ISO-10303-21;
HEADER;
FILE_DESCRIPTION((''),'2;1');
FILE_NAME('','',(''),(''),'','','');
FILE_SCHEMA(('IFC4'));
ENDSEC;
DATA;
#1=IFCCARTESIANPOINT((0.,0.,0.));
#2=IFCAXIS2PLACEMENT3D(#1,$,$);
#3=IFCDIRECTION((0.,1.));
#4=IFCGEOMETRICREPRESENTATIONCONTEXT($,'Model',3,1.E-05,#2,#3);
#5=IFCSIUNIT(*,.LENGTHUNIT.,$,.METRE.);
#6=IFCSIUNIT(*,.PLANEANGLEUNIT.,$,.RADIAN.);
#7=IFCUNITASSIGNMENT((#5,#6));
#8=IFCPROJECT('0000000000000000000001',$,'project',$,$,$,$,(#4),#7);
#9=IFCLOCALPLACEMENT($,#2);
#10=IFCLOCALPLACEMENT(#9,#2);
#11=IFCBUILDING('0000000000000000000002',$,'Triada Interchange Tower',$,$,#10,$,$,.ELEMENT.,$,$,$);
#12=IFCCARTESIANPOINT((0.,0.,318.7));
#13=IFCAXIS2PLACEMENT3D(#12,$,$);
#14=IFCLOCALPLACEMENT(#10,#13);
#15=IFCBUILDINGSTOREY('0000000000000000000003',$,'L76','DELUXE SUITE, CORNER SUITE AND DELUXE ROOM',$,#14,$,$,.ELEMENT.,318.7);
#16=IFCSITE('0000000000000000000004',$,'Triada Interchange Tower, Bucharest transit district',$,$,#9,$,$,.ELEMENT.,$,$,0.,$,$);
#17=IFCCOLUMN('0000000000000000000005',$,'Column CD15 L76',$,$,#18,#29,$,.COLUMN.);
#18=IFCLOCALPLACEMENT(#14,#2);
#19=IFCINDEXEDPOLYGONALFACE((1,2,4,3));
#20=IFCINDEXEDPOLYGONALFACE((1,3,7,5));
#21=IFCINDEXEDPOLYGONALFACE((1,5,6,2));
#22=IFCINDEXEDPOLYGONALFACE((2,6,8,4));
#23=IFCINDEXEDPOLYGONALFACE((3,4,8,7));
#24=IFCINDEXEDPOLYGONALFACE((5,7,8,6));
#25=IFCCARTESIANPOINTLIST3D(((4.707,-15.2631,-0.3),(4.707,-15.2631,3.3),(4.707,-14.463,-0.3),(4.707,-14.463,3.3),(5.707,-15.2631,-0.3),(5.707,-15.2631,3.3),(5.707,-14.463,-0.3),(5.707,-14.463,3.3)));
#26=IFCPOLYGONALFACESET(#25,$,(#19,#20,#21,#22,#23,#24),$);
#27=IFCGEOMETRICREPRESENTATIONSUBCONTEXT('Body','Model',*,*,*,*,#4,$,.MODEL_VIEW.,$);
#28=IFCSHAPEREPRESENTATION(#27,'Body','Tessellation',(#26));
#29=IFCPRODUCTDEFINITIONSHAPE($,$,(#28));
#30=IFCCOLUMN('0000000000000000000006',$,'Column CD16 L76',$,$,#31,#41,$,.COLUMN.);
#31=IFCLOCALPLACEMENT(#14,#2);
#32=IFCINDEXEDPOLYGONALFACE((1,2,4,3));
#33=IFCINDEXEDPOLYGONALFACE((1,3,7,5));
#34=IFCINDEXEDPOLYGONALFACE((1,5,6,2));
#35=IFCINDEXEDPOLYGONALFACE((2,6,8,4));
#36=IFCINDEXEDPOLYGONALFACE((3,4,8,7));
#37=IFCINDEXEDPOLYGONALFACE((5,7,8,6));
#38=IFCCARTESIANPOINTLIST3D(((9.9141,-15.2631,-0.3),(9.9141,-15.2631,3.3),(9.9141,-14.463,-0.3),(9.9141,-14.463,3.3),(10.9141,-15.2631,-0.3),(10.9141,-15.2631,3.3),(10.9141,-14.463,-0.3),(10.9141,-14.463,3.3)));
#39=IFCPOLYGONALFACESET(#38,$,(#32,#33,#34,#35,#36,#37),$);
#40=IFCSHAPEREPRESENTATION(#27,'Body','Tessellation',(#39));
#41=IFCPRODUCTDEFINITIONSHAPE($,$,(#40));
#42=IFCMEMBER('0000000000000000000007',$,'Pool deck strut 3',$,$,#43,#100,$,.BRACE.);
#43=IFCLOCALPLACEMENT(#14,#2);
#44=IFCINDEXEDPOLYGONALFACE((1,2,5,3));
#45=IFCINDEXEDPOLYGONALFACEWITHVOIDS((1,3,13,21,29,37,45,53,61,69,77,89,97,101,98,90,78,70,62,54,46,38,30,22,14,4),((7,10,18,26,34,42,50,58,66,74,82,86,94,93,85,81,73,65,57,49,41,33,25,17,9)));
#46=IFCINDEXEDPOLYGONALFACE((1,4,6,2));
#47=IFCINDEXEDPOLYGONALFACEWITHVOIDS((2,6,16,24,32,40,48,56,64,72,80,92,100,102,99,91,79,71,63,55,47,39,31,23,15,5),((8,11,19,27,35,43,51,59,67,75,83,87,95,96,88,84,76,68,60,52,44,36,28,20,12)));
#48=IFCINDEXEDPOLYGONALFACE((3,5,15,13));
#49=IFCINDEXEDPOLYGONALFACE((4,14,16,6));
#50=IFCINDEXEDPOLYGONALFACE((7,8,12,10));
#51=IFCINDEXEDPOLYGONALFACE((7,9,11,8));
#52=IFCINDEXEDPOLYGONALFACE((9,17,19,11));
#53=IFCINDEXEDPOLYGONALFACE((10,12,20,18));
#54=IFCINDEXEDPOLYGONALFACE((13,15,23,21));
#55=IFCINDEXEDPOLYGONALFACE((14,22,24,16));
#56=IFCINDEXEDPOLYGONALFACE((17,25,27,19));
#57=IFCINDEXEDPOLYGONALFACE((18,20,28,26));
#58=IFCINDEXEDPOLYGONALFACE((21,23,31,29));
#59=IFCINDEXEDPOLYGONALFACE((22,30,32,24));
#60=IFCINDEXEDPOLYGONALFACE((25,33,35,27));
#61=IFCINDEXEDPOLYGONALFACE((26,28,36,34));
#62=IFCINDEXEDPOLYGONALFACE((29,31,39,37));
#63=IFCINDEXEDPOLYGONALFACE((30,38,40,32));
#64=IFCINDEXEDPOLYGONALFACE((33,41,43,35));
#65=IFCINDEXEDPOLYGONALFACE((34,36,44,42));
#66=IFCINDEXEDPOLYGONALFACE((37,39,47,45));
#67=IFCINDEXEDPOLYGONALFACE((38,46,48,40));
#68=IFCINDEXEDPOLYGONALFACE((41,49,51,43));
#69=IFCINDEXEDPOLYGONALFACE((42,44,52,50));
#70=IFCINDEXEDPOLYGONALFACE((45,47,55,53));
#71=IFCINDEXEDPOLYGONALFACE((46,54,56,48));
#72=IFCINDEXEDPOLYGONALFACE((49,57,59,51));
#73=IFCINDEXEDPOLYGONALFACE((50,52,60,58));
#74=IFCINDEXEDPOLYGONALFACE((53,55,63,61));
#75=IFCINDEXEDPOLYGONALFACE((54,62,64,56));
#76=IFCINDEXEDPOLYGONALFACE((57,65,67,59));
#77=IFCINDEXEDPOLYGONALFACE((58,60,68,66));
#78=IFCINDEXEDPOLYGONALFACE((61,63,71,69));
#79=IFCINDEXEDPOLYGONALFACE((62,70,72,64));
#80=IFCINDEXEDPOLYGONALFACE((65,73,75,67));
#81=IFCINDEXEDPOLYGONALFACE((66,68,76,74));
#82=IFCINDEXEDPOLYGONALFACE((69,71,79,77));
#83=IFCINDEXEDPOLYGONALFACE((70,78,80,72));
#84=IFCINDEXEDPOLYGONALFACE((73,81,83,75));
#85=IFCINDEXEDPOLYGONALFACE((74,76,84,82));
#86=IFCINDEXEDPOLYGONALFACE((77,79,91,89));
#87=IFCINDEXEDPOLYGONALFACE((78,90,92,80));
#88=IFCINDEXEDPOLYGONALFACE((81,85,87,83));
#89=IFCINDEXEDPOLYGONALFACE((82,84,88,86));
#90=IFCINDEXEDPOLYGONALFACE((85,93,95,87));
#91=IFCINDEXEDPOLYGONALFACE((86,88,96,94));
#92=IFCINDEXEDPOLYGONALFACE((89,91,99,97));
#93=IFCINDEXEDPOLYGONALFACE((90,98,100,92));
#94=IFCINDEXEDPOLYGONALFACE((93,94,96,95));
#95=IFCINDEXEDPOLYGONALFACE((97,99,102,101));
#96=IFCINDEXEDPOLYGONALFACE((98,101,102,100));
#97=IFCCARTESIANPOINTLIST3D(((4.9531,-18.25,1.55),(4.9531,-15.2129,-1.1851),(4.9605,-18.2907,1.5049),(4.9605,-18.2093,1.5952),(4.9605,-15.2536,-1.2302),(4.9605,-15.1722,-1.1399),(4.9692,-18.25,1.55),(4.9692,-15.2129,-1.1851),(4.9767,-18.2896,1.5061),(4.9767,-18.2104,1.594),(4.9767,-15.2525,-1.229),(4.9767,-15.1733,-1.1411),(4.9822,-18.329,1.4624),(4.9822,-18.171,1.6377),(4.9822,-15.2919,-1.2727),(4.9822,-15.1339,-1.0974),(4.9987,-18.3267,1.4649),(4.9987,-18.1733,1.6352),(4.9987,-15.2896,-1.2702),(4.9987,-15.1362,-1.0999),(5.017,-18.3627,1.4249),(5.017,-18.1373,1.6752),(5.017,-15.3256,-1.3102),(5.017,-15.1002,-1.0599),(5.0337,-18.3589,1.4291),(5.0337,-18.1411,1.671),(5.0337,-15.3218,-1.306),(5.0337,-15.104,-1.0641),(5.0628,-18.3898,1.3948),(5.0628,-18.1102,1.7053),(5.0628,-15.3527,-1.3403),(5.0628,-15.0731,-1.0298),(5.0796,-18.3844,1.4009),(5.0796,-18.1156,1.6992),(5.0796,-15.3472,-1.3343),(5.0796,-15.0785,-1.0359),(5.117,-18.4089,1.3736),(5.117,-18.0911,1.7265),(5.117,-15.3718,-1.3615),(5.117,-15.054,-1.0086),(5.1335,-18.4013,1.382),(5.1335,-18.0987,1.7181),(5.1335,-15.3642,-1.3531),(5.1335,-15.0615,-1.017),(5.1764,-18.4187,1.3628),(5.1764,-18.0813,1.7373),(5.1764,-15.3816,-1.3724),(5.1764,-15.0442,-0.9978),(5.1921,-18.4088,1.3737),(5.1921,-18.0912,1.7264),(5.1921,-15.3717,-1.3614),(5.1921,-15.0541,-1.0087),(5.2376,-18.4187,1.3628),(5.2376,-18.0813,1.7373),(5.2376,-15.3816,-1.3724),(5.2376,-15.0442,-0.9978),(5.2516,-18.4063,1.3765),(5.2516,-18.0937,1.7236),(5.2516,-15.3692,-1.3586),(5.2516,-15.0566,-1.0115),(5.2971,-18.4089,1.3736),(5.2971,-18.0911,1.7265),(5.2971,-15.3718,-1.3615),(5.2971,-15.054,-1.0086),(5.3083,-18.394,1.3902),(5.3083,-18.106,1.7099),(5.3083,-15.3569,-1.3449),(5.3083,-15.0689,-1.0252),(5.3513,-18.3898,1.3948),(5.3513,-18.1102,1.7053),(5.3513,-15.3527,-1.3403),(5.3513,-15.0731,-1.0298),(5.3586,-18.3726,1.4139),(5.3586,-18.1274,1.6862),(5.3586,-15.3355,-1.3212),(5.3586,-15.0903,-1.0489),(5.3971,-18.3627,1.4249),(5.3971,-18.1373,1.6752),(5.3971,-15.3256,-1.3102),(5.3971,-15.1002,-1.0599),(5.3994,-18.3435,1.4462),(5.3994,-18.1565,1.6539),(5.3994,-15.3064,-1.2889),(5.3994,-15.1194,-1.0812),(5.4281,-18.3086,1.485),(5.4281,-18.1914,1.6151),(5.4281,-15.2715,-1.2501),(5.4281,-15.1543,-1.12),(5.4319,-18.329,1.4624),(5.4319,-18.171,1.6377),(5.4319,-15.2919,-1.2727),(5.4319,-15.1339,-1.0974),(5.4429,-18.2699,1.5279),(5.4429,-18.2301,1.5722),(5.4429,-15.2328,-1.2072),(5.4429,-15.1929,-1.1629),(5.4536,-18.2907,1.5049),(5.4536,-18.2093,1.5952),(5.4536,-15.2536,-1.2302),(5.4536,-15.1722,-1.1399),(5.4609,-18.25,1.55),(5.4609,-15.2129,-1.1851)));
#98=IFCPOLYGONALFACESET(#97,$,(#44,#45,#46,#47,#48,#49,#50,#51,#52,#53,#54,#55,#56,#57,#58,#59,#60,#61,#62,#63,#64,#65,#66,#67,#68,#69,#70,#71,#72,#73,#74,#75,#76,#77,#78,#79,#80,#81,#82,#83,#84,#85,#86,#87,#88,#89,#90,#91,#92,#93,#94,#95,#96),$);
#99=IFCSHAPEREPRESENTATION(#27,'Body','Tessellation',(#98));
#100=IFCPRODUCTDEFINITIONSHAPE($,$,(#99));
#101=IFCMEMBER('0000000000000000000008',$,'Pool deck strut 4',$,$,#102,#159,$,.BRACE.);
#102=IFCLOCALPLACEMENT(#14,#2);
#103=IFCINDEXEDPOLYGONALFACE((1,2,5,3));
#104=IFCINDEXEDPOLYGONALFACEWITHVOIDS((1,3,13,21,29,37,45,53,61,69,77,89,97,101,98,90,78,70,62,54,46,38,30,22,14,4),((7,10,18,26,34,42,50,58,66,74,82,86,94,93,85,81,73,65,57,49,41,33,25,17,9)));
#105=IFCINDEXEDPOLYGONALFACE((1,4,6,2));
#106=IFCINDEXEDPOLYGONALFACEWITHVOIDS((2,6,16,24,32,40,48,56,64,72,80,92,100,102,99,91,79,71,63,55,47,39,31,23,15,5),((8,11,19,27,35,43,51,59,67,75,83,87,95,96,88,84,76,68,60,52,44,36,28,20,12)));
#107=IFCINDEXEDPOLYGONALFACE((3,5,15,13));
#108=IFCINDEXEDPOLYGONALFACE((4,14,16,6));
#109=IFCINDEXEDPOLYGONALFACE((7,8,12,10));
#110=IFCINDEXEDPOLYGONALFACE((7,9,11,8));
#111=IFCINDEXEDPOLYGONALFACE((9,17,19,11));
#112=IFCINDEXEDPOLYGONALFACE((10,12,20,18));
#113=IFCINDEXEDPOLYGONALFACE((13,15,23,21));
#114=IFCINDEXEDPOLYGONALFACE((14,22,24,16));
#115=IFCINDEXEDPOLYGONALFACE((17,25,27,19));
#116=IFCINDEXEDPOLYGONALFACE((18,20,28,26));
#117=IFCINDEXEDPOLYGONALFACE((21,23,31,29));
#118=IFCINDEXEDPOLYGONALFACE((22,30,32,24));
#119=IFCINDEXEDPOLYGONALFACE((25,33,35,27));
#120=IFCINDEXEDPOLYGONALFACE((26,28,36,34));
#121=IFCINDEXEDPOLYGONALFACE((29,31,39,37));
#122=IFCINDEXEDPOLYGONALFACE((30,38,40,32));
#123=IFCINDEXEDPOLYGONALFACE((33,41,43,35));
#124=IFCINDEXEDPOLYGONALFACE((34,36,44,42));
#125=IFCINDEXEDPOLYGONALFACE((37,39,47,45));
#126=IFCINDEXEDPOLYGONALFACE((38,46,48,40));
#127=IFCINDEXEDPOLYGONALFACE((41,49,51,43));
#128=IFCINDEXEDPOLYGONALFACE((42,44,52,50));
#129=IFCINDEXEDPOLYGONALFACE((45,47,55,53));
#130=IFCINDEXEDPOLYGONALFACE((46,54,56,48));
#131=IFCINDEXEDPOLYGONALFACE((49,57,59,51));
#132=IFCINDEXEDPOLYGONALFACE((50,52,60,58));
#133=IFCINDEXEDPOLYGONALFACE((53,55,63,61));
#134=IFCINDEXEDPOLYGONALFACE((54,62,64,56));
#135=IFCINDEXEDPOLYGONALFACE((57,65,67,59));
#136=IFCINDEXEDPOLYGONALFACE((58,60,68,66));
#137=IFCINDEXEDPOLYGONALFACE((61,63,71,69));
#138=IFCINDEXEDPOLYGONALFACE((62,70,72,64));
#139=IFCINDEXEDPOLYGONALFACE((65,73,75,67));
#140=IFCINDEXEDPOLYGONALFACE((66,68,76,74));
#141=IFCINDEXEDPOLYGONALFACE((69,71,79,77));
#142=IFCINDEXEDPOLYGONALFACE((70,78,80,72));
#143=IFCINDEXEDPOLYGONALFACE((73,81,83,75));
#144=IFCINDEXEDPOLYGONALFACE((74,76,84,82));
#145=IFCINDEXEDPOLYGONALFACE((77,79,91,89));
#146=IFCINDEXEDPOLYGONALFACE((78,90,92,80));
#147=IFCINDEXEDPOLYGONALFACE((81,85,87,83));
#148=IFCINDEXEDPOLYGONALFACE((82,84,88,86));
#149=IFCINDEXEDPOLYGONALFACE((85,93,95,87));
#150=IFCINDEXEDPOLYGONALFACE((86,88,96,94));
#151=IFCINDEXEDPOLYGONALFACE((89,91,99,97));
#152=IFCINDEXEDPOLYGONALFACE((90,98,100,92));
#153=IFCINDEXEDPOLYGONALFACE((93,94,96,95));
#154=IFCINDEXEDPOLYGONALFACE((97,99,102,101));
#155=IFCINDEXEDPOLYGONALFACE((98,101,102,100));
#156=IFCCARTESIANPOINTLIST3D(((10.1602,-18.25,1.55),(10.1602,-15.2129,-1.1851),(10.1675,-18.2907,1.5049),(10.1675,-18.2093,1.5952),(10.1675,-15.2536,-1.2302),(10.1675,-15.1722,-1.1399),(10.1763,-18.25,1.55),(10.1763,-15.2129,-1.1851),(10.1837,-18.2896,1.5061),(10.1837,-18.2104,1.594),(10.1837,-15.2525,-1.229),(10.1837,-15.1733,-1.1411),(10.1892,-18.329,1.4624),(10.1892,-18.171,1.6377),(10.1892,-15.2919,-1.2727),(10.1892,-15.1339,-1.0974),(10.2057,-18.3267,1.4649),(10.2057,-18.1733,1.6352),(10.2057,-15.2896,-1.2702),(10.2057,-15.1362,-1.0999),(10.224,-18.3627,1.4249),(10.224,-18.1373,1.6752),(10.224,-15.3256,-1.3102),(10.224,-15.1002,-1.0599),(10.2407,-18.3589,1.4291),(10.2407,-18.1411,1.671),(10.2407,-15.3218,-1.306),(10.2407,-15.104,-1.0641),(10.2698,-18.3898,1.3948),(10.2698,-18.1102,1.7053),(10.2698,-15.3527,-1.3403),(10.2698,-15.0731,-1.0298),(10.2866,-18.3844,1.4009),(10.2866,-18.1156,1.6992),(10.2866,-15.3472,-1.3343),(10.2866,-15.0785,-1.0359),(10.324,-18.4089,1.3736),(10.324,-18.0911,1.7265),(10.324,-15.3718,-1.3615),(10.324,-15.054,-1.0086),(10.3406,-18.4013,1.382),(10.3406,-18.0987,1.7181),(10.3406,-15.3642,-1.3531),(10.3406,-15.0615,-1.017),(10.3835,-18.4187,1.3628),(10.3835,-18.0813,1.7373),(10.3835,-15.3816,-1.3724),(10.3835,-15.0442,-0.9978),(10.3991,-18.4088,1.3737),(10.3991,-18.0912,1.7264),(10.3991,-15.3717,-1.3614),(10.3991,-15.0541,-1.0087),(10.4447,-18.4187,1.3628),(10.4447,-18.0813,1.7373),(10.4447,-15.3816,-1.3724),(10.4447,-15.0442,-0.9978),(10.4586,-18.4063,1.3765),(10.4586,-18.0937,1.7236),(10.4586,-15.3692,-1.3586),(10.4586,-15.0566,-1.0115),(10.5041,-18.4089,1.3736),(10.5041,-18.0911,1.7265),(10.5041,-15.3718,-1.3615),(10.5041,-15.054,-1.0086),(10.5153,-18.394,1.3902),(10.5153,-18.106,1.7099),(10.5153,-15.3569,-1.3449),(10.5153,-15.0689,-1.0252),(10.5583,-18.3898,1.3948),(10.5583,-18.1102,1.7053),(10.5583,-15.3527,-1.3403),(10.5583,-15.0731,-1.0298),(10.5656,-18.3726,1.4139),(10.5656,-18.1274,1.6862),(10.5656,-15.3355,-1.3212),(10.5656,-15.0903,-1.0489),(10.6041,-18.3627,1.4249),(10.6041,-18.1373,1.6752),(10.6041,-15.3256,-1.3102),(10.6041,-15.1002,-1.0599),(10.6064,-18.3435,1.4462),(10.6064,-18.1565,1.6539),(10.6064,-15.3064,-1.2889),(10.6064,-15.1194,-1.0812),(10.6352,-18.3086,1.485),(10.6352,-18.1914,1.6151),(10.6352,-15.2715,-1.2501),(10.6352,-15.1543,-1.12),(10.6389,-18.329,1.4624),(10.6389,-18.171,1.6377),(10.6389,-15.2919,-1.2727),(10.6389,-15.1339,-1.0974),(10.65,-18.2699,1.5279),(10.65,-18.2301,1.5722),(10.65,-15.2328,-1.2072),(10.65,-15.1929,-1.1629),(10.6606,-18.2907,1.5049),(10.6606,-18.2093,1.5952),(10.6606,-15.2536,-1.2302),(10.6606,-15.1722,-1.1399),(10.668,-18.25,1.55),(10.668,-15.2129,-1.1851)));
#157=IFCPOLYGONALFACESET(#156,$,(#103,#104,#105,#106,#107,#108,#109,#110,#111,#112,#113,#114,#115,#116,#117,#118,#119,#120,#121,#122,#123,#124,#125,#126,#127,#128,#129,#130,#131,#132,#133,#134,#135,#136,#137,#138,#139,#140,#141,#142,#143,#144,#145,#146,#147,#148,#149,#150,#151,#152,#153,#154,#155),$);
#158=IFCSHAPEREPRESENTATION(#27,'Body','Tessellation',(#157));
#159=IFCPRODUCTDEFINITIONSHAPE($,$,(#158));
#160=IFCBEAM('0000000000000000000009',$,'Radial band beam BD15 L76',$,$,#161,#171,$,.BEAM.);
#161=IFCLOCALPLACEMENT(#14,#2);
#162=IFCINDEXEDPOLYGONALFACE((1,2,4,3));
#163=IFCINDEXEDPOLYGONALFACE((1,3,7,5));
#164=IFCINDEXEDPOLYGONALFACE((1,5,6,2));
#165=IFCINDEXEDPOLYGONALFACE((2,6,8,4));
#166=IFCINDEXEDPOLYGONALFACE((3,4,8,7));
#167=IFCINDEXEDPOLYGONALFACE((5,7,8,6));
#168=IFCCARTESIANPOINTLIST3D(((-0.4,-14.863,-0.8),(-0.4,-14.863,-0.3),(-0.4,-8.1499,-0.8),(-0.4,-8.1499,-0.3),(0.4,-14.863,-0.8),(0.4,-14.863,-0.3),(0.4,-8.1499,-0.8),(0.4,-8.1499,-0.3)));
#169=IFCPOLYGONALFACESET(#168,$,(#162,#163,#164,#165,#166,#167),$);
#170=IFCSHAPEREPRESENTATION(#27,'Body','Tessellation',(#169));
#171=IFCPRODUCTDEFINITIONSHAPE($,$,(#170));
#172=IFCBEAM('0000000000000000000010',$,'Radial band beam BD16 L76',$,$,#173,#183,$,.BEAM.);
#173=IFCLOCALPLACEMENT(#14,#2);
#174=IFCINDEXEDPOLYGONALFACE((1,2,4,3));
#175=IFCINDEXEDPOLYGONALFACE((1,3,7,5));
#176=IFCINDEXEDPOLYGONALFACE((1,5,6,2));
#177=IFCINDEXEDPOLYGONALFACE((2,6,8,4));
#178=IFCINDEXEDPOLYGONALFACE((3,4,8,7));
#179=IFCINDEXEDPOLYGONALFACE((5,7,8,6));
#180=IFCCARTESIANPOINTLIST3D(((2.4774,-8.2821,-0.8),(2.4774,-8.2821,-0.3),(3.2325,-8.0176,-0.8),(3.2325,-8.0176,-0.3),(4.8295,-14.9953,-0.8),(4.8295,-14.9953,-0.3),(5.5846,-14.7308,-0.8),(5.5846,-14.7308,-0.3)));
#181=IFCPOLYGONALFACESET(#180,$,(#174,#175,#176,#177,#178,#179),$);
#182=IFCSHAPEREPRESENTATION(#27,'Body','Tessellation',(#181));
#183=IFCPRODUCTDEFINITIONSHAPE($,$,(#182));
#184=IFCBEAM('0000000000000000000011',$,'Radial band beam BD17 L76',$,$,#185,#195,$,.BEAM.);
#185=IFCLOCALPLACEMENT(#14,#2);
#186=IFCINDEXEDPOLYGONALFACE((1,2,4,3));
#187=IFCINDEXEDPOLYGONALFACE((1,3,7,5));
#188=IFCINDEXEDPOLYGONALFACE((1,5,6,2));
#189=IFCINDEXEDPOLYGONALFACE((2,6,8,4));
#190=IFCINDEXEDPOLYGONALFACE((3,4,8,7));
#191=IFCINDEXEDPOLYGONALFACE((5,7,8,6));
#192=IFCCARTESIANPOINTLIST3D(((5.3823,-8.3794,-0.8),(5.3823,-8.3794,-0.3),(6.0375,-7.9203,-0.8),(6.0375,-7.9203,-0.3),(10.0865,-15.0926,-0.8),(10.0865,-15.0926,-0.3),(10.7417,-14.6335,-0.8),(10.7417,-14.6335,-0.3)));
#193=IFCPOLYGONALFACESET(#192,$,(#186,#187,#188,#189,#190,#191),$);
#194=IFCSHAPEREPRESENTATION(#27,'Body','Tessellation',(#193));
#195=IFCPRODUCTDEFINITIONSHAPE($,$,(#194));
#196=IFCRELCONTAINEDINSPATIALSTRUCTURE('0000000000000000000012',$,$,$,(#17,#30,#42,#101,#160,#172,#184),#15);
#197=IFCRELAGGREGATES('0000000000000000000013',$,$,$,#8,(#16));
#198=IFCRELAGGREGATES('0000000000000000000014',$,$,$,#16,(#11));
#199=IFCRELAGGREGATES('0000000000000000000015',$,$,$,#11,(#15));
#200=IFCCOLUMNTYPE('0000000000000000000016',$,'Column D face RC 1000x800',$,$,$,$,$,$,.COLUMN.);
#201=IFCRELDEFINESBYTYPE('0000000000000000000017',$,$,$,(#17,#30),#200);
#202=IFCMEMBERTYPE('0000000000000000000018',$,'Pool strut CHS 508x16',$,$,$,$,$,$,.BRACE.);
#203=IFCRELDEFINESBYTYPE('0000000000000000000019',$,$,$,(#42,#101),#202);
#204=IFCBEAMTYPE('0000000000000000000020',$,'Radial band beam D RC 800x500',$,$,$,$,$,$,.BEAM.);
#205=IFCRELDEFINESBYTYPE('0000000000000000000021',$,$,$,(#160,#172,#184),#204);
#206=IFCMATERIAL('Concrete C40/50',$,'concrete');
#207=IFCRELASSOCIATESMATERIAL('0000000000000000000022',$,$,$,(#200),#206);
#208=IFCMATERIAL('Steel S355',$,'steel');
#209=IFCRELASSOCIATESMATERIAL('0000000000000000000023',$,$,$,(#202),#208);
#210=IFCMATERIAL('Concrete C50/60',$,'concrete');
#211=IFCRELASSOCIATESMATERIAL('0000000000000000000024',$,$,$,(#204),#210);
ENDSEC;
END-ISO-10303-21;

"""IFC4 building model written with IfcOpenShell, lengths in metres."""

from ifc_helpers import new_model, si_unit, direction, frame, origin, origin_2d, place, context, subcontext, project, spatial, rectangle, hollow_circle, extrude, material, material_profile, profile_set, type_object, element, save


model = new_model("IFC4")

# Units and contexts
model_context = context("Model", 3, precision=1e-05, world=origin(), true_north=direction((0.0, 1.0)))
body_context = subcontext(model_context, "Body", "Model", "MODEL_VIEW")
ifc_project = project(units=[si_unit("LENGTHUNIT", "METRE"), si_unit("PLANEANGLEUNIT", "RADIAN")], contexts=[model_context])

# Site, building, storey
site_placement = place(None, origin())
site = spatial("IfcSite", under=ifc_project, at=site_placement, Name="Triada Interchange Tower, Bucharest transit district", CompositionType="ELEMENT", RefElevation=0.0)
building_placement = place(site_placement, origin())
building = spatial("IfcBuilding", under=site, at=building_placement, Name="Triada Interchange Tower", CompositionType="ELEMENT")
storey_placement = place(building_placement, frame((0.0, 0.0, 318.7)))
storey = spatial("IfcBuildingStorey", under=building, at=storey_placement, Name="L76", Description="DELUXE SUITE, CORNER SUITE AND DELUXE ROOM", CompositionType="ELEMENT", Elevation=318.7)

# Columns
ifc_material_1 = material(Name="Concrete C40/50", Category="concrete")
ifc_material_profile_1 = material_profile(ifc_material_1, rectangle(XDim=1.0, YDim=0.8, at=origin_2d()), Name="RC 1000x800")
ifc_profile_set_1 = profile_set([ifc_material_profile_1], Name="Concrete C40/50")
column_type = type_object("IfcColumnType", Name="Column D face RC 1000x800", PredefinedType="COLUMN", material=ifc_profile_set_1)
for number, where, z_axis, x_axis, name in (
    (1, (5.207, -14.863, -0.3), (0.0, 0.0, 1.0), (1.0, 0.0, 0.0), "Column CD15 L76"),
    (2, (10.4141, -14.863, -0.3), (0.0, 0.0, 1.0), (1.0, 0.0, 0.0), "Column CD16 L76"),
):
    element("IfcColumn", number, at=place(storey_placement, frame(where, z_axis=z_axis, x_axis=x_axis)), inside=storey, type_object=column_type, Name=name, PredefinedType="COLUMN", context=body_context, shape_type="SweptSolid", body=[
        extrude(rectangle(XDim=1.0, YDim=0.8, at=origin_2d()), origin(), (0.0, 0.0, 1.0), 3.6001),
    ])

# Members
ifc_material_2 = material(Name="Steel S355", Category="steel")
ifc_material_profile_2 = material_profile(ifc_material_2, hollow_circle(Radius=0.2539, WallThickness=0.0161, at=origin_2d()), Name="CHS 508x16")
ifc_profile_set_2 = profile_set([ifc_material_profile_2], Name="Steel S355")
member_type = type_object("IfcMemberType", Name="Pool strut CHS 508x16", PredefinedType="BRACE", material=ifc_profile_set_2)
for number, where, z_axis, x_axis, name in (
    (3, (5.207, -18.25, 1.55), (0.0, 0.743086, -0.669196), (-1.0, 0.0, 0.0), "Pool deck strut 3"),
    (4, (10.4141, -18.25, 1.55), (0.0, 0.743086, -0.669196), (-1.0, 0.0, 0.0), "Pool deck strut 4"),
):
    element("IfcMember", number, at=place(storey_placement, frame(where, z_axis=z_axis, x_axis=x_axis)), inside=storey, type_object=member_type, Name=name, PredefinedType="BRACE", context=body_context, shape_type="SweptSolid", body=[
        extrude(hollow_circle(Radius=0.2539, WallThickness=0.0161, at=origin_2d()), origin(), (0.0, 0.0, 1.0), 4.0872),
    ])

# Beams
ifc_material_3 = material(Name="Concrete C50/60", Category="concrete")
ifc_material_profile_3 = material_profile(ifc_material_3, rectangle(XDim=0.8, YDim=0.5, at=origin_2d()), Name="RC 800x500")
ifc_profile_set_3 = profile_set([ifc_material_profile_3], Name="Concrete C50/60")
beam_type_1 = type_object("IfcBeamType", Name="Radial band beam D RC 800x500", PredefinedType="BEAM", material=ifc_profile_set_3)
beam_1_placement = place(storey_placement, frame((0.0, -14.863, -0.55), z_axis=(0.0, 1.0, 0.0), x_axis=(-1.0, 0.0, 0.0)))
element("IfcBeam", 5, at=beam_1_placement, inside=storey, type_object=beam_type_1, Name="Radial band beam BD15 L76", PredefinedType="BEAM", context=body_context, shape_type="SweptSolid", body=[
    extrude(rectangle(XDim=0.8, YDim=0.5, at=origin_2d()), origin(), (0.0, 0.0, 1.0), 6.7131),
])
beam_2_placement = place(storey_placement, frame((5.207, -14.863, -0.55), z_axis=(-0.330658, 0.943751, 0.0), x_axis=(-0.943751, -0.330658, 0.0)))
element("IfcBeam", 6, at=beam_2_placement, inside=storey, type_object=beam_type_1, Name="Radial band beam BD16 L76", PredefinedType="BEAM", context=body_context, shape_type="SweptSolid", body=[
    extrude(rectangle(XDim=0.8, YDim=0.5, at=origin_2d()), origin(), (0.0, 0.0, 1.0), 7.1133),
])
beam_3_placement = place(storey_placement, frame((10.4141, -14.863, -0.55), z_axis=(-0.573864, 0.818951, 0.0), x_axis=(-0.818951, -0.573864, 0.0)))
element("IfcBeam", 7, at=beam_3_placement, inside=storey, type_object=beam_type_1, Name="Radial band beam BD17 L76", PredefinedType="BEAM", context=body_context, shape_type="SweptSolid", body=[
    extrude(rectangle(XDim=0.8, YDim=0.5, at=origin_2d()), origin(), (0.0, 0.0, 1.0), 8.1973),
])

save(model, "model.ifc")
